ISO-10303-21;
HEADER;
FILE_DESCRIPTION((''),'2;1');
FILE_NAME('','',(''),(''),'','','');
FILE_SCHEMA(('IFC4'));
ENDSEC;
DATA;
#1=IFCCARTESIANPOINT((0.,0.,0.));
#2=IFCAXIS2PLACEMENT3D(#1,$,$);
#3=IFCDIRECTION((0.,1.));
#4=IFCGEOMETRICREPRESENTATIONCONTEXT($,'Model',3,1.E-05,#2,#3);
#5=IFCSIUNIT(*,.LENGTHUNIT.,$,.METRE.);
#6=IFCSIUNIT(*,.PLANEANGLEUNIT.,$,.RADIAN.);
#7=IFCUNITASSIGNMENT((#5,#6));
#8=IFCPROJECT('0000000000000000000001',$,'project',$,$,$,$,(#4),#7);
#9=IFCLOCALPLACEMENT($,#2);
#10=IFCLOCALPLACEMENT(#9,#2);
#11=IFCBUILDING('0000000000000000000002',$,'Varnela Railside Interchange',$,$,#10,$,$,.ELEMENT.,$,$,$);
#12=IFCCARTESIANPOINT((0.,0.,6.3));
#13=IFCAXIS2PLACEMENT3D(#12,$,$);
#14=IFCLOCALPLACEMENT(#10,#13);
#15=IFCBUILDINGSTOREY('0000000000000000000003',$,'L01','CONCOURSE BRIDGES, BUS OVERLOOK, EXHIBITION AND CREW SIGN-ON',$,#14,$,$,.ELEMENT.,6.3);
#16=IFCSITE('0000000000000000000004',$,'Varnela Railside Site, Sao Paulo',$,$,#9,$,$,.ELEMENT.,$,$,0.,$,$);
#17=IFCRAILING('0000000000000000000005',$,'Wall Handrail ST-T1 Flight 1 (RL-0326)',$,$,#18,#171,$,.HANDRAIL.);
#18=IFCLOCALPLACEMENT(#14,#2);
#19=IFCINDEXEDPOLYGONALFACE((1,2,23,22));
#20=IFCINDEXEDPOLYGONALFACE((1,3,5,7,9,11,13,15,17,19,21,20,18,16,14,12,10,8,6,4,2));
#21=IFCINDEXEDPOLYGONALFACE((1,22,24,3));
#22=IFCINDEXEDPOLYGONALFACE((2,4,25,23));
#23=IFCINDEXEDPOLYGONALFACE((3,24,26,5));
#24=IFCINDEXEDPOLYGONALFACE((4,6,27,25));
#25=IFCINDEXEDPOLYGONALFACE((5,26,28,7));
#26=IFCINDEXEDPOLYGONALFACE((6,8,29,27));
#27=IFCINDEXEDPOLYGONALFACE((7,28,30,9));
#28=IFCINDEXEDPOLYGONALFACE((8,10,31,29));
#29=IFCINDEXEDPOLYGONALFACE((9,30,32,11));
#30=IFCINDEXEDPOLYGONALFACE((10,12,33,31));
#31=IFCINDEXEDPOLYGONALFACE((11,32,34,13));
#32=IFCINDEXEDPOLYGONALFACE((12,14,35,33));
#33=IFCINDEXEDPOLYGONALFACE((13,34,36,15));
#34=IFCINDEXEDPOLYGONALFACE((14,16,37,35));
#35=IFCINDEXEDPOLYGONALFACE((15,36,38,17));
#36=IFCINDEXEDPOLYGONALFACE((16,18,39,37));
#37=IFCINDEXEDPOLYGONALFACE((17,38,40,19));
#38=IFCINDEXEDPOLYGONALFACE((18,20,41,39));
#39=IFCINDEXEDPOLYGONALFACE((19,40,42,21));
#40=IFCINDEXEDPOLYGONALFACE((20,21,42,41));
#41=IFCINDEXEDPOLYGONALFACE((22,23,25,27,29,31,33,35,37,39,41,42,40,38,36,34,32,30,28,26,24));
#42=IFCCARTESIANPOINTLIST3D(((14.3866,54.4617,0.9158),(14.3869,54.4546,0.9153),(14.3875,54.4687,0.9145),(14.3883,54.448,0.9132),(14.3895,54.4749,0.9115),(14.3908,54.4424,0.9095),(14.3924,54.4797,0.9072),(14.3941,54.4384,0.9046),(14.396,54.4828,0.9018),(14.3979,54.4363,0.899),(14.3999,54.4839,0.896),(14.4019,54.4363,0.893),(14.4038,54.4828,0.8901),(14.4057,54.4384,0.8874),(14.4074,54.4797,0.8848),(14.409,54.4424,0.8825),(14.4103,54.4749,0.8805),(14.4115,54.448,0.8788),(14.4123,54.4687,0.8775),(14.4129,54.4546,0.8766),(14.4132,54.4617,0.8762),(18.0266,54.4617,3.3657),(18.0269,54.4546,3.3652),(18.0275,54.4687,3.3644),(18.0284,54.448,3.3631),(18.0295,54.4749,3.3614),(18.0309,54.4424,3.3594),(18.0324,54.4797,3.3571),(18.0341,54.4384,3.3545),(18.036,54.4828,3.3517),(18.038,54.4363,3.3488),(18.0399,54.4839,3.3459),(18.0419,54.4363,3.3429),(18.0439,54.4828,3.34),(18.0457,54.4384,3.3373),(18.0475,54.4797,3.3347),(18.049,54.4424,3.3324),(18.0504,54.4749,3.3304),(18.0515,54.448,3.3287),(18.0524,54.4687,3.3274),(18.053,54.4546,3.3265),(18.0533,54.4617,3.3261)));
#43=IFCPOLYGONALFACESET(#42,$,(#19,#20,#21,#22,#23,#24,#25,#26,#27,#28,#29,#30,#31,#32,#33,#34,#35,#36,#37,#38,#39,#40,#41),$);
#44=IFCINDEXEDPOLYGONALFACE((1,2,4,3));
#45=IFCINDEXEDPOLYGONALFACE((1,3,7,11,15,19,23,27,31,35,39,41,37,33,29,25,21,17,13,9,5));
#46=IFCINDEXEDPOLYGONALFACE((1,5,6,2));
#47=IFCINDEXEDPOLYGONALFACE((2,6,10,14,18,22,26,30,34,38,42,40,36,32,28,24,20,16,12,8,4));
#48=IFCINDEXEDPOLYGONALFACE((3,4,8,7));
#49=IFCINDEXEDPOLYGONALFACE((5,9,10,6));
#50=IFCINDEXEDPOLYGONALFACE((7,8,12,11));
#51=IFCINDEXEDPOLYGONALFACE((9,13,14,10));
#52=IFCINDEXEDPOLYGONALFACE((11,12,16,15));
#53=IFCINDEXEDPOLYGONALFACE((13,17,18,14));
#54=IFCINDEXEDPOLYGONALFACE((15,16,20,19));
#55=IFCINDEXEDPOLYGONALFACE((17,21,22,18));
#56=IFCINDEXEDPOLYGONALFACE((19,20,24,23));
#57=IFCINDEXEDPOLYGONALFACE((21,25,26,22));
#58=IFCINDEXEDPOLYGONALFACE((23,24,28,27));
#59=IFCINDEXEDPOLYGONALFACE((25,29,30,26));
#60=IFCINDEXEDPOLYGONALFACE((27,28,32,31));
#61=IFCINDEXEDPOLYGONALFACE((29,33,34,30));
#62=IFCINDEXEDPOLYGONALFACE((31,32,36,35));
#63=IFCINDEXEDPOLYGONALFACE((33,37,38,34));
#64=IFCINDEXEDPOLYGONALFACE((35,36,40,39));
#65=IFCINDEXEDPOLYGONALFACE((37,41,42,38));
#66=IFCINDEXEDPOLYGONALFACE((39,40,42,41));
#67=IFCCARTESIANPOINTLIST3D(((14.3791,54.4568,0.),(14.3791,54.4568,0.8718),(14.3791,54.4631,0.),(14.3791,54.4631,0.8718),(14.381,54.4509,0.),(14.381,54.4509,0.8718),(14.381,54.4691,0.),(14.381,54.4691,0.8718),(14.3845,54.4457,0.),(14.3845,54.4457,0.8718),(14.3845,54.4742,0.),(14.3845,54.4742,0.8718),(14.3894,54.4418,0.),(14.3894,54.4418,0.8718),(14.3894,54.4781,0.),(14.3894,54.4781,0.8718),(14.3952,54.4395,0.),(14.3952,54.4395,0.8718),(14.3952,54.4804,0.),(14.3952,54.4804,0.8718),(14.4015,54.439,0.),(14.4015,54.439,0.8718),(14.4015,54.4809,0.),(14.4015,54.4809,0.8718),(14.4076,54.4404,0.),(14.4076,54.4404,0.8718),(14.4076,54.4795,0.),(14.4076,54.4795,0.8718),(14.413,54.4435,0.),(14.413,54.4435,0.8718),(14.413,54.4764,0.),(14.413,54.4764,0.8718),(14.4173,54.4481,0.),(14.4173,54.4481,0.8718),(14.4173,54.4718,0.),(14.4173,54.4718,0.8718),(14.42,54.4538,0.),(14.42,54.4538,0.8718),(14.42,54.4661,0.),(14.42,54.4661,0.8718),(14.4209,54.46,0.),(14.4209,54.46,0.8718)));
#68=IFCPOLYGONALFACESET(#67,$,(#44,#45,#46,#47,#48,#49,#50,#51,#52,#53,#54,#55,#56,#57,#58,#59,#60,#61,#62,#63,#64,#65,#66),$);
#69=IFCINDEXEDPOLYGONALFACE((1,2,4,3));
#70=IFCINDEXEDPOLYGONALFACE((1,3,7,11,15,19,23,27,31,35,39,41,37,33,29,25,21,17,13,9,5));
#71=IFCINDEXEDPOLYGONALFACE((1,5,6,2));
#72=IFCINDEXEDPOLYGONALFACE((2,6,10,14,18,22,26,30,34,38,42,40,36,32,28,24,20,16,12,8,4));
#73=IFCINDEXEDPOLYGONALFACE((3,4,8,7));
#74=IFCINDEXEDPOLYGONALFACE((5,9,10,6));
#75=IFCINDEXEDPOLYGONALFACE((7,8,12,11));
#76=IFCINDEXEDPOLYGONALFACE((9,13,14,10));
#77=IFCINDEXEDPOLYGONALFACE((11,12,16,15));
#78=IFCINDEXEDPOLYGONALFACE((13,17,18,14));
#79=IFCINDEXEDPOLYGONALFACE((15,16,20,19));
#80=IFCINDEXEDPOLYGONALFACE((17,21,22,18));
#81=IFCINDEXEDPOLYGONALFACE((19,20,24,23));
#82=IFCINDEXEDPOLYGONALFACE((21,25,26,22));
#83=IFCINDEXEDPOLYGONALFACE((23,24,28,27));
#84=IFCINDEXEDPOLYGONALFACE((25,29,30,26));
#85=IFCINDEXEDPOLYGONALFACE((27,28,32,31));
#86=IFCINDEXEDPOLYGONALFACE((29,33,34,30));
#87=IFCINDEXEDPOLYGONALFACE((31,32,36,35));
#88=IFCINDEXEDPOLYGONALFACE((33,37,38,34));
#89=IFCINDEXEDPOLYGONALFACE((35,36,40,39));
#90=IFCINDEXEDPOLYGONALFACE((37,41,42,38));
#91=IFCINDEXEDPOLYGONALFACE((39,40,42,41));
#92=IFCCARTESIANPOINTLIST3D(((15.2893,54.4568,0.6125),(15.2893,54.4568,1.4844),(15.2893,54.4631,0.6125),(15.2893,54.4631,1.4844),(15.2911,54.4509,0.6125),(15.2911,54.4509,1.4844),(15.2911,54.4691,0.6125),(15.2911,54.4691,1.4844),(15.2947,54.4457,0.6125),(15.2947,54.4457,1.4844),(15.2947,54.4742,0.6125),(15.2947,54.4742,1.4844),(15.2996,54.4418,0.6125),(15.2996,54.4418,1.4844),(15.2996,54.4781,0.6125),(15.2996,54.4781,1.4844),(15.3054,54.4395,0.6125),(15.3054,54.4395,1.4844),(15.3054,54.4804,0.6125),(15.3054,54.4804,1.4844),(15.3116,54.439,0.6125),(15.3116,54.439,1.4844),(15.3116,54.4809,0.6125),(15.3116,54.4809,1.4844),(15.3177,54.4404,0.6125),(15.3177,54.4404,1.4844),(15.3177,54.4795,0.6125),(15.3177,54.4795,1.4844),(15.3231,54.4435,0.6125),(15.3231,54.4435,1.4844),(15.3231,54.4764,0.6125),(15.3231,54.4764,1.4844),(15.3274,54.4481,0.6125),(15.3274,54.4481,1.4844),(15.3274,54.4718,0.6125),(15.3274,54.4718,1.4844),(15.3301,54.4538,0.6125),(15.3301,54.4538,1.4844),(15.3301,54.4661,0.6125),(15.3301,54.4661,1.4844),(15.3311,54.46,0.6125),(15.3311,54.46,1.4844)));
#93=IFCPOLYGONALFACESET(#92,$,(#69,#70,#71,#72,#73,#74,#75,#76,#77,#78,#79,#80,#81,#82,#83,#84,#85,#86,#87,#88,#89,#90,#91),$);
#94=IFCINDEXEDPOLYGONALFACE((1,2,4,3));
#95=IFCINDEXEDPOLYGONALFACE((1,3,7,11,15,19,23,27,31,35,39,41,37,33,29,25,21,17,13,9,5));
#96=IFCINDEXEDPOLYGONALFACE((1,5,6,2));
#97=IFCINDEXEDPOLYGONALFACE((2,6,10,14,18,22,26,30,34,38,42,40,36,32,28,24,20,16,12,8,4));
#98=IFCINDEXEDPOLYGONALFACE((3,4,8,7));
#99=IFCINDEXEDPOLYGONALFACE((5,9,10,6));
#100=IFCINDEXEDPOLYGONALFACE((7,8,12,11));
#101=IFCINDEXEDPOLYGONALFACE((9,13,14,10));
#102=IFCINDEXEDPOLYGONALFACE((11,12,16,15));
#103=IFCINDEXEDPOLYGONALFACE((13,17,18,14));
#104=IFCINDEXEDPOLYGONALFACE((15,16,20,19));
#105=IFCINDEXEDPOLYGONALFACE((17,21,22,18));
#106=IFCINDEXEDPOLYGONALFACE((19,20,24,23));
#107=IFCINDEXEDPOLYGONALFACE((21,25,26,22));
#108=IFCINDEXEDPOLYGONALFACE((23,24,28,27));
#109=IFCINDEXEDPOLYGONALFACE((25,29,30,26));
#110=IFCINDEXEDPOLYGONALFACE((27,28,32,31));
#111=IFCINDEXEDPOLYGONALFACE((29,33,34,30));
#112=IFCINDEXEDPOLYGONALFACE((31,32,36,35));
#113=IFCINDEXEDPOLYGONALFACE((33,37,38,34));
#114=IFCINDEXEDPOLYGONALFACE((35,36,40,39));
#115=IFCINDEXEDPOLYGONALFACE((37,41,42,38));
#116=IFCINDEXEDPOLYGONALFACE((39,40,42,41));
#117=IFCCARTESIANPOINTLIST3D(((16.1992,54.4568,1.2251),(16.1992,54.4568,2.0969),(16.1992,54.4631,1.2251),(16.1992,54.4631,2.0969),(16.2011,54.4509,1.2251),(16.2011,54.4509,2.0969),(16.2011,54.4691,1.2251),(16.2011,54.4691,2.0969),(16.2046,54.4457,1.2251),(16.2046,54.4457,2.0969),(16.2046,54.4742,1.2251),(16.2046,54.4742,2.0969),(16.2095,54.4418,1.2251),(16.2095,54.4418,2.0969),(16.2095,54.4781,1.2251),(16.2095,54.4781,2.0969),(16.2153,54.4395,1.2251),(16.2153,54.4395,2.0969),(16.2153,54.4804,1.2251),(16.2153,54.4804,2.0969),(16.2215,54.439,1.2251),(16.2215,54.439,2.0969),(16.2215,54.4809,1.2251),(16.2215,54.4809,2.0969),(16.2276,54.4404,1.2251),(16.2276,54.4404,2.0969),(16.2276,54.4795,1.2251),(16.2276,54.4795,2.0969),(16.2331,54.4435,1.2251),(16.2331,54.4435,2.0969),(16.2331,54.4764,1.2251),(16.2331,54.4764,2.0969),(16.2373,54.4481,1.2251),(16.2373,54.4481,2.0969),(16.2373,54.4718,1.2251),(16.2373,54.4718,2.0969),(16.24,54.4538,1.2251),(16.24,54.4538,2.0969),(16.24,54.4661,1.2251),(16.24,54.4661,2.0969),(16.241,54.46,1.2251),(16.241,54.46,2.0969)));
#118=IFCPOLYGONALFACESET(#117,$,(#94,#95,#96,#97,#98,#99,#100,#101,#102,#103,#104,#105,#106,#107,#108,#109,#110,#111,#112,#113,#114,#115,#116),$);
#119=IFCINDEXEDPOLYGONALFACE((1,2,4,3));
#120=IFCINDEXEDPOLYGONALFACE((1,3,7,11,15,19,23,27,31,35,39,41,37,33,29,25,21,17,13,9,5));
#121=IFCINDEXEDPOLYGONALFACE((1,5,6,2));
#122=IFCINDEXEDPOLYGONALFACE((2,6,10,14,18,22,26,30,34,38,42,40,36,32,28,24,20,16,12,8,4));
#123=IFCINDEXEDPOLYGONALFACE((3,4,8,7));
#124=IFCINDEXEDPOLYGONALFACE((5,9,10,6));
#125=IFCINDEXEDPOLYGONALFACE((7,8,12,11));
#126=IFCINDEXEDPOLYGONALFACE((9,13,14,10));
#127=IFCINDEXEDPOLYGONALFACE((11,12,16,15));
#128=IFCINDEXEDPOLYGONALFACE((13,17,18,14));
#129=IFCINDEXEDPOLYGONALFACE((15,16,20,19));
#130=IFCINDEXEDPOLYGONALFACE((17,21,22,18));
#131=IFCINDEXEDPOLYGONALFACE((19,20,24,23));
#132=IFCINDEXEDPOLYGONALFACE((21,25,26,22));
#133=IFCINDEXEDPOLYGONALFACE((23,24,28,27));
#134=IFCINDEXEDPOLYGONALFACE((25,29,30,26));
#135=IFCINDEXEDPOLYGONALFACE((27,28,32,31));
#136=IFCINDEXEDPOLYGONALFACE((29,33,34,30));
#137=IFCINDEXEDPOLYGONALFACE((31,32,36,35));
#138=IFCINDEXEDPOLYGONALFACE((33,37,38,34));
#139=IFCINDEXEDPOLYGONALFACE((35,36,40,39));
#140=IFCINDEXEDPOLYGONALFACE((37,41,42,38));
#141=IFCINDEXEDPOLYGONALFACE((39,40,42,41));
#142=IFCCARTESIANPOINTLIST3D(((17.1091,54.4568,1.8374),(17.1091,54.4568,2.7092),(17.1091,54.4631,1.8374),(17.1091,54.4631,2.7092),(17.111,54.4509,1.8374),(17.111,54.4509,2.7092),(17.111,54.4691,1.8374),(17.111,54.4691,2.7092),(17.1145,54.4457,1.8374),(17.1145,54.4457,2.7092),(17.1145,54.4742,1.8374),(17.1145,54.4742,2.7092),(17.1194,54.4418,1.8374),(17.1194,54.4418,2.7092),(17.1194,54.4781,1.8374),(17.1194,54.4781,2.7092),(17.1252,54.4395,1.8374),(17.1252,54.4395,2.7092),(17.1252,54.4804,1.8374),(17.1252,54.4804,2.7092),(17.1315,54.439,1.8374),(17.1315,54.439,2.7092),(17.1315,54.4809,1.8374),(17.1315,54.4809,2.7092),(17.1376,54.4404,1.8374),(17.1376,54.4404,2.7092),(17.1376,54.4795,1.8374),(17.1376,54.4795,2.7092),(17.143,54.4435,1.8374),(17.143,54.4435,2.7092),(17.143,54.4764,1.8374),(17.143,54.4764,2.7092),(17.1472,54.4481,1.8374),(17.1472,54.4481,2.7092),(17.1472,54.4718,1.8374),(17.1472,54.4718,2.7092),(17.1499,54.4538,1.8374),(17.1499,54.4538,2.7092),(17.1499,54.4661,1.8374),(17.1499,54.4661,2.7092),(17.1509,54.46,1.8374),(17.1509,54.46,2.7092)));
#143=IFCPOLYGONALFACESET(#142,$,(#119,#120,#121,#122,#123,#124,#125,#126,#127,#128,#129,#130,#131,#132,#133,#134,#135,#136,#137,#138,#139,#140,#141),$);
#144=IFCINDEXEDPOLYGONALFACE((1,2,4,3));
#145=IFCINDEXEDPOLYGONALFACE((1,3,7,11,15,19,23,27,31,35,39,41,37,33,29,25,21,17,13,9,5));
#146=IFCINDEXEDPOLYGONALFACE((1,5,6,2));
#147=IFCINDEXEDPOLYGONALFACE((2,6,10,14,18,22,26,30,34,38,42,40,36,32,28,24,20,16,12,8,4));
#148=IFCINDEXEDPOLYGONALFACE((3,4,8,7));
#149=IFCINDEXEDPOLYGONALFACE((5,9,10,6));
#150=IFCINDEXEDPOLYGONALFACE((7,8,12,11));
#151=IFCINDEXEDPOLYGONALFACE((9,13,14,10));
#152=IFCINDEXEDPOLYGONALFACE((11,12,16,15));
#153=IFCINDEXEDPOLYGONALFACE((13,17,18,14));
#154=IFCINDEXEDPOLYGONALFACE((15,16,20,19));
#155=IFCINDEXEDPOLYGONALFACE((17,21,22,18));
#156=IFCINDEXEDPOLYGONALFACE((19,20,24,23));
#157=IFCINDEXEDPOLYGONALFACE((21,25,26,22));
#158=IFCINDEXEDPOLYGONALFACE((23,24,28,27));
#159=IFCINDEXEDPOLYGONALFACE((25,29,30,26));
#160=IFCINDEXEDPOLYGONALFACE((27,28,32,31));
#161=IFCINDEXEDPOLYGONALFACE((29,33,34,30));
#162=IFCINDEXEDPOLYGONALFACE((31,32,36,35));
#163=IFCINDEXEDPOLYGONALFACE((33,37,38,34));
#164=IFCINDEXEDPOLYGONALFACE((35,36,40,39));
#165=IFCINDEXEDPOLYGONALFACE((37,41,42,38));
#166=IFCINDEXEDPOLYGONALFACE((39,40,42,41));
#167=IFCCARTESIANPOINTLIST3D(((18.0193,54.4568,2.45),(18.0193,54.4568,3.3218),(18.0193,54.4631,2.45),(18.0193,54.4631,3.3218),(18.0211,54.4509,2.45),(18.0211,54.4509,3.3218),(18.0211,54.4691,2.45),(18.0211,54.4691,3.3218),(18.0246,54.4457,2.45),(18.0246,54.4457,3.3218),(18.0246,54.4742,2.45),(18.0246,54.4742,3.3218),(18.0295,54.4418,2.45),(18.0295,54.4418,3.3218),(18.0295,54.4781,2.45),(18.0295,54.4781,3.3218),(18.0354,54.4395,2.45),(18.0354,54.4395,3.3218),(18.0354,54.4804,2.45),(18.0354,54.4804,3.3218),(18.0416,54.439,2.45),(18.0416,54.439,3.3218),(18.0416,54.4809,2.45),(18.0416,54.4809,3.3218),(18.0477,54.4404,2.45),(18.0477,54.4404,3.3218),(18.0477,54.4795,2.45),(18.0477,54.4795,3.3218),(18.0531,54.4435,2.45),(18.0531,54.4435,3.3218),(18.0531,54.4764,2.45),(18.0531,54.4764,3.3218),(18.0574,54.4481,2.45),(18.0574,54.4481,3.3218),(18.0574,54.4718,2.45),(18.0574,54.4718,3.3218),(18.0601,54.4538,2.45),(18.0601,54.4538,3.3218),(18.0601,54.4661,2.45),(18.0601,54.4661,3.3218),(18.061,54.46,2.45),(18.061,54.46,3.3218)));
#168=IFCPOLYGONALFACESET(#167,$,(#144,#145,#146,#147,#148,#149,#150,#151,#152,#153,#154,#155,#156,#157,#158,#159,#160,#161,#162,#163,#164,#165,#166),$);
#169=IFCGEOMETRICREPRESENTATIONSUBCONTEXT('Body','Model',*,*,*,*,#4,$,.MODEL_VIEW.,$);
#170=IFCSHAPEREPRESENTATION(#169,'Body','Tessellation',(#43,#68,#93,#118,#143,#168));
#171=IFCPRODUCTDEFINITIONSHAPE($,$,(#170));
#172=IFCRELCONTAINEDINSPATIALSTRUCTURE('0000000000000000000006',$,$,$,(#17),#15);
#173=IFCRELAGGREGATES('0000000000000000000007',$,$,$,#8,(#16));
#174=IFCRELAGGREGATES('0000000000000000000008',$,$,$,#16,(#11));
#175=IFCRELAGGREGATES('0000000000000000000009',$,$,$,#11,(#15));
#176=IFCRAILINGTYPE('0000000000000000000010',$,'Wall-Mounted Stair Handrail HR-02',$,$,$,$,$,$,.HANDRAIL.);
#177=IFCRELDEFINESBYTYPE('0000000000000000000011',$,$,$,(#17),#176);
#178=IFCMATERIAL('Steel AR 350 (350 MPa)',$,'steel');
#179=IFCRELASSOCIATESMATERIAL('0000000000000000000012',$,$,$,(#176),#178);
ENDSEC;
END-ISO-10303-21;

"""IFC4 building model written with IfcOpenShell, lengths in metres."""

from ifc_helpers import new_model, si_unit, direction, frame, origin, origin_2d, place, context, subcontext, project, spatial, circle, extrude, material, type_object, element, save


model = new_model("IFC4")

# Units and contexts
model_context = context("Model", 3, precision=1e-05, world=origin(), true_north=direction((0.0, 1.0)))
body_context = subcontext(model_context, "Body", "Model", "MODEL_VIEW")
ifc_project = project(units=[si_unit("LENGTHUNIT", "METRE"), si_unit("PLANEANGLEUNIT", "RADIAN")], contexts=[model_context])

# Site, building, storey
site_placement = place(None, origin())
site = spatial("IfcSite", under=ifc_project, at=site_placement, Name="Varnela Railside Site, Sao Paulo", CompositionType="ELEMENT", RefElevation=0.0)
building_placement = place(site_placement, origin())
building = spatial("IfcBuilding", under=site, at=building_placement, Name="Varnela Railside Interchange", CompositionType="ELEMENT")
storey_placement = place(building_placement, frame((0.0, 0.0, 6.3)))
storey = spatial("IfcBuildingStorey", under=building, at=storey_placement, Name="L01", Description="CONCOURSE BRIDGES, BUS OVERLOOK, EXHIBITION AND CREW SIGN-ON", CompositionType="ELEMENT", Elevation=6.3)

# Railing
ifc_material_1 = material(Name="Steel AR 350 (350 MPa)", Category="steel")
railing_type_1 = type_object("IfcRailingType", Name="Wall-Mounted Stair Handrail HR-02", PredefinedType="HANDRAIL", material=ifc_material_1)
for number, where, name in (
    (1, (14.3999, 54.46, 0.0), "Wall Handrail ST-T1 Flight 1 (RL-0326)"),
):
    element("IfcRailing", number, at=place(storey_placement, frame(where)), inside=storey, type_object=railing_type_1, Name=name, PredefinedType="HANDRAIL", context=body_context, shape_type="SweptSolid", body=[
        extrude(circle(Radius=0.0239, at=origin_2d()), frame((0.0, 0.0, 0.896), z_axis=(0.829603, 0.0, 0.558354), x_axis=(0.0, 1.0, 0.0)), (0.0, 0.0, 1.0), 4.3877),
        extrude(circle(Radius=0.021, at=origin_2d()), origin(), (0.0, 0.0, 1.0), 0.8718),
        extrude(circle(Radius=0.021, at=origin_2d()), frame((0.9102, 0.0, 0.6125)), (0.0, 0.0, 1.0), 0.8718),
        extrude(circle(Radius=0.021, at=origin_2d()), frame((1.8201, 0.0, 1.2251)), (0.0, 0.0, 1.0), 0.8718),
        extrude(circle(Radius=0.021, at=origin_2d()), frame((2.73, 0.0, 1.8374)), (0.0, 0.0, 1.0), 0.8718),
        extrude(circle(Radius=0.021, at=origin_2d()), frame((3.6401, 0.0, 2.45)), (0.0, 0.0, 1.0), 0.8718),
    ])

save(model, "model.ifc")
